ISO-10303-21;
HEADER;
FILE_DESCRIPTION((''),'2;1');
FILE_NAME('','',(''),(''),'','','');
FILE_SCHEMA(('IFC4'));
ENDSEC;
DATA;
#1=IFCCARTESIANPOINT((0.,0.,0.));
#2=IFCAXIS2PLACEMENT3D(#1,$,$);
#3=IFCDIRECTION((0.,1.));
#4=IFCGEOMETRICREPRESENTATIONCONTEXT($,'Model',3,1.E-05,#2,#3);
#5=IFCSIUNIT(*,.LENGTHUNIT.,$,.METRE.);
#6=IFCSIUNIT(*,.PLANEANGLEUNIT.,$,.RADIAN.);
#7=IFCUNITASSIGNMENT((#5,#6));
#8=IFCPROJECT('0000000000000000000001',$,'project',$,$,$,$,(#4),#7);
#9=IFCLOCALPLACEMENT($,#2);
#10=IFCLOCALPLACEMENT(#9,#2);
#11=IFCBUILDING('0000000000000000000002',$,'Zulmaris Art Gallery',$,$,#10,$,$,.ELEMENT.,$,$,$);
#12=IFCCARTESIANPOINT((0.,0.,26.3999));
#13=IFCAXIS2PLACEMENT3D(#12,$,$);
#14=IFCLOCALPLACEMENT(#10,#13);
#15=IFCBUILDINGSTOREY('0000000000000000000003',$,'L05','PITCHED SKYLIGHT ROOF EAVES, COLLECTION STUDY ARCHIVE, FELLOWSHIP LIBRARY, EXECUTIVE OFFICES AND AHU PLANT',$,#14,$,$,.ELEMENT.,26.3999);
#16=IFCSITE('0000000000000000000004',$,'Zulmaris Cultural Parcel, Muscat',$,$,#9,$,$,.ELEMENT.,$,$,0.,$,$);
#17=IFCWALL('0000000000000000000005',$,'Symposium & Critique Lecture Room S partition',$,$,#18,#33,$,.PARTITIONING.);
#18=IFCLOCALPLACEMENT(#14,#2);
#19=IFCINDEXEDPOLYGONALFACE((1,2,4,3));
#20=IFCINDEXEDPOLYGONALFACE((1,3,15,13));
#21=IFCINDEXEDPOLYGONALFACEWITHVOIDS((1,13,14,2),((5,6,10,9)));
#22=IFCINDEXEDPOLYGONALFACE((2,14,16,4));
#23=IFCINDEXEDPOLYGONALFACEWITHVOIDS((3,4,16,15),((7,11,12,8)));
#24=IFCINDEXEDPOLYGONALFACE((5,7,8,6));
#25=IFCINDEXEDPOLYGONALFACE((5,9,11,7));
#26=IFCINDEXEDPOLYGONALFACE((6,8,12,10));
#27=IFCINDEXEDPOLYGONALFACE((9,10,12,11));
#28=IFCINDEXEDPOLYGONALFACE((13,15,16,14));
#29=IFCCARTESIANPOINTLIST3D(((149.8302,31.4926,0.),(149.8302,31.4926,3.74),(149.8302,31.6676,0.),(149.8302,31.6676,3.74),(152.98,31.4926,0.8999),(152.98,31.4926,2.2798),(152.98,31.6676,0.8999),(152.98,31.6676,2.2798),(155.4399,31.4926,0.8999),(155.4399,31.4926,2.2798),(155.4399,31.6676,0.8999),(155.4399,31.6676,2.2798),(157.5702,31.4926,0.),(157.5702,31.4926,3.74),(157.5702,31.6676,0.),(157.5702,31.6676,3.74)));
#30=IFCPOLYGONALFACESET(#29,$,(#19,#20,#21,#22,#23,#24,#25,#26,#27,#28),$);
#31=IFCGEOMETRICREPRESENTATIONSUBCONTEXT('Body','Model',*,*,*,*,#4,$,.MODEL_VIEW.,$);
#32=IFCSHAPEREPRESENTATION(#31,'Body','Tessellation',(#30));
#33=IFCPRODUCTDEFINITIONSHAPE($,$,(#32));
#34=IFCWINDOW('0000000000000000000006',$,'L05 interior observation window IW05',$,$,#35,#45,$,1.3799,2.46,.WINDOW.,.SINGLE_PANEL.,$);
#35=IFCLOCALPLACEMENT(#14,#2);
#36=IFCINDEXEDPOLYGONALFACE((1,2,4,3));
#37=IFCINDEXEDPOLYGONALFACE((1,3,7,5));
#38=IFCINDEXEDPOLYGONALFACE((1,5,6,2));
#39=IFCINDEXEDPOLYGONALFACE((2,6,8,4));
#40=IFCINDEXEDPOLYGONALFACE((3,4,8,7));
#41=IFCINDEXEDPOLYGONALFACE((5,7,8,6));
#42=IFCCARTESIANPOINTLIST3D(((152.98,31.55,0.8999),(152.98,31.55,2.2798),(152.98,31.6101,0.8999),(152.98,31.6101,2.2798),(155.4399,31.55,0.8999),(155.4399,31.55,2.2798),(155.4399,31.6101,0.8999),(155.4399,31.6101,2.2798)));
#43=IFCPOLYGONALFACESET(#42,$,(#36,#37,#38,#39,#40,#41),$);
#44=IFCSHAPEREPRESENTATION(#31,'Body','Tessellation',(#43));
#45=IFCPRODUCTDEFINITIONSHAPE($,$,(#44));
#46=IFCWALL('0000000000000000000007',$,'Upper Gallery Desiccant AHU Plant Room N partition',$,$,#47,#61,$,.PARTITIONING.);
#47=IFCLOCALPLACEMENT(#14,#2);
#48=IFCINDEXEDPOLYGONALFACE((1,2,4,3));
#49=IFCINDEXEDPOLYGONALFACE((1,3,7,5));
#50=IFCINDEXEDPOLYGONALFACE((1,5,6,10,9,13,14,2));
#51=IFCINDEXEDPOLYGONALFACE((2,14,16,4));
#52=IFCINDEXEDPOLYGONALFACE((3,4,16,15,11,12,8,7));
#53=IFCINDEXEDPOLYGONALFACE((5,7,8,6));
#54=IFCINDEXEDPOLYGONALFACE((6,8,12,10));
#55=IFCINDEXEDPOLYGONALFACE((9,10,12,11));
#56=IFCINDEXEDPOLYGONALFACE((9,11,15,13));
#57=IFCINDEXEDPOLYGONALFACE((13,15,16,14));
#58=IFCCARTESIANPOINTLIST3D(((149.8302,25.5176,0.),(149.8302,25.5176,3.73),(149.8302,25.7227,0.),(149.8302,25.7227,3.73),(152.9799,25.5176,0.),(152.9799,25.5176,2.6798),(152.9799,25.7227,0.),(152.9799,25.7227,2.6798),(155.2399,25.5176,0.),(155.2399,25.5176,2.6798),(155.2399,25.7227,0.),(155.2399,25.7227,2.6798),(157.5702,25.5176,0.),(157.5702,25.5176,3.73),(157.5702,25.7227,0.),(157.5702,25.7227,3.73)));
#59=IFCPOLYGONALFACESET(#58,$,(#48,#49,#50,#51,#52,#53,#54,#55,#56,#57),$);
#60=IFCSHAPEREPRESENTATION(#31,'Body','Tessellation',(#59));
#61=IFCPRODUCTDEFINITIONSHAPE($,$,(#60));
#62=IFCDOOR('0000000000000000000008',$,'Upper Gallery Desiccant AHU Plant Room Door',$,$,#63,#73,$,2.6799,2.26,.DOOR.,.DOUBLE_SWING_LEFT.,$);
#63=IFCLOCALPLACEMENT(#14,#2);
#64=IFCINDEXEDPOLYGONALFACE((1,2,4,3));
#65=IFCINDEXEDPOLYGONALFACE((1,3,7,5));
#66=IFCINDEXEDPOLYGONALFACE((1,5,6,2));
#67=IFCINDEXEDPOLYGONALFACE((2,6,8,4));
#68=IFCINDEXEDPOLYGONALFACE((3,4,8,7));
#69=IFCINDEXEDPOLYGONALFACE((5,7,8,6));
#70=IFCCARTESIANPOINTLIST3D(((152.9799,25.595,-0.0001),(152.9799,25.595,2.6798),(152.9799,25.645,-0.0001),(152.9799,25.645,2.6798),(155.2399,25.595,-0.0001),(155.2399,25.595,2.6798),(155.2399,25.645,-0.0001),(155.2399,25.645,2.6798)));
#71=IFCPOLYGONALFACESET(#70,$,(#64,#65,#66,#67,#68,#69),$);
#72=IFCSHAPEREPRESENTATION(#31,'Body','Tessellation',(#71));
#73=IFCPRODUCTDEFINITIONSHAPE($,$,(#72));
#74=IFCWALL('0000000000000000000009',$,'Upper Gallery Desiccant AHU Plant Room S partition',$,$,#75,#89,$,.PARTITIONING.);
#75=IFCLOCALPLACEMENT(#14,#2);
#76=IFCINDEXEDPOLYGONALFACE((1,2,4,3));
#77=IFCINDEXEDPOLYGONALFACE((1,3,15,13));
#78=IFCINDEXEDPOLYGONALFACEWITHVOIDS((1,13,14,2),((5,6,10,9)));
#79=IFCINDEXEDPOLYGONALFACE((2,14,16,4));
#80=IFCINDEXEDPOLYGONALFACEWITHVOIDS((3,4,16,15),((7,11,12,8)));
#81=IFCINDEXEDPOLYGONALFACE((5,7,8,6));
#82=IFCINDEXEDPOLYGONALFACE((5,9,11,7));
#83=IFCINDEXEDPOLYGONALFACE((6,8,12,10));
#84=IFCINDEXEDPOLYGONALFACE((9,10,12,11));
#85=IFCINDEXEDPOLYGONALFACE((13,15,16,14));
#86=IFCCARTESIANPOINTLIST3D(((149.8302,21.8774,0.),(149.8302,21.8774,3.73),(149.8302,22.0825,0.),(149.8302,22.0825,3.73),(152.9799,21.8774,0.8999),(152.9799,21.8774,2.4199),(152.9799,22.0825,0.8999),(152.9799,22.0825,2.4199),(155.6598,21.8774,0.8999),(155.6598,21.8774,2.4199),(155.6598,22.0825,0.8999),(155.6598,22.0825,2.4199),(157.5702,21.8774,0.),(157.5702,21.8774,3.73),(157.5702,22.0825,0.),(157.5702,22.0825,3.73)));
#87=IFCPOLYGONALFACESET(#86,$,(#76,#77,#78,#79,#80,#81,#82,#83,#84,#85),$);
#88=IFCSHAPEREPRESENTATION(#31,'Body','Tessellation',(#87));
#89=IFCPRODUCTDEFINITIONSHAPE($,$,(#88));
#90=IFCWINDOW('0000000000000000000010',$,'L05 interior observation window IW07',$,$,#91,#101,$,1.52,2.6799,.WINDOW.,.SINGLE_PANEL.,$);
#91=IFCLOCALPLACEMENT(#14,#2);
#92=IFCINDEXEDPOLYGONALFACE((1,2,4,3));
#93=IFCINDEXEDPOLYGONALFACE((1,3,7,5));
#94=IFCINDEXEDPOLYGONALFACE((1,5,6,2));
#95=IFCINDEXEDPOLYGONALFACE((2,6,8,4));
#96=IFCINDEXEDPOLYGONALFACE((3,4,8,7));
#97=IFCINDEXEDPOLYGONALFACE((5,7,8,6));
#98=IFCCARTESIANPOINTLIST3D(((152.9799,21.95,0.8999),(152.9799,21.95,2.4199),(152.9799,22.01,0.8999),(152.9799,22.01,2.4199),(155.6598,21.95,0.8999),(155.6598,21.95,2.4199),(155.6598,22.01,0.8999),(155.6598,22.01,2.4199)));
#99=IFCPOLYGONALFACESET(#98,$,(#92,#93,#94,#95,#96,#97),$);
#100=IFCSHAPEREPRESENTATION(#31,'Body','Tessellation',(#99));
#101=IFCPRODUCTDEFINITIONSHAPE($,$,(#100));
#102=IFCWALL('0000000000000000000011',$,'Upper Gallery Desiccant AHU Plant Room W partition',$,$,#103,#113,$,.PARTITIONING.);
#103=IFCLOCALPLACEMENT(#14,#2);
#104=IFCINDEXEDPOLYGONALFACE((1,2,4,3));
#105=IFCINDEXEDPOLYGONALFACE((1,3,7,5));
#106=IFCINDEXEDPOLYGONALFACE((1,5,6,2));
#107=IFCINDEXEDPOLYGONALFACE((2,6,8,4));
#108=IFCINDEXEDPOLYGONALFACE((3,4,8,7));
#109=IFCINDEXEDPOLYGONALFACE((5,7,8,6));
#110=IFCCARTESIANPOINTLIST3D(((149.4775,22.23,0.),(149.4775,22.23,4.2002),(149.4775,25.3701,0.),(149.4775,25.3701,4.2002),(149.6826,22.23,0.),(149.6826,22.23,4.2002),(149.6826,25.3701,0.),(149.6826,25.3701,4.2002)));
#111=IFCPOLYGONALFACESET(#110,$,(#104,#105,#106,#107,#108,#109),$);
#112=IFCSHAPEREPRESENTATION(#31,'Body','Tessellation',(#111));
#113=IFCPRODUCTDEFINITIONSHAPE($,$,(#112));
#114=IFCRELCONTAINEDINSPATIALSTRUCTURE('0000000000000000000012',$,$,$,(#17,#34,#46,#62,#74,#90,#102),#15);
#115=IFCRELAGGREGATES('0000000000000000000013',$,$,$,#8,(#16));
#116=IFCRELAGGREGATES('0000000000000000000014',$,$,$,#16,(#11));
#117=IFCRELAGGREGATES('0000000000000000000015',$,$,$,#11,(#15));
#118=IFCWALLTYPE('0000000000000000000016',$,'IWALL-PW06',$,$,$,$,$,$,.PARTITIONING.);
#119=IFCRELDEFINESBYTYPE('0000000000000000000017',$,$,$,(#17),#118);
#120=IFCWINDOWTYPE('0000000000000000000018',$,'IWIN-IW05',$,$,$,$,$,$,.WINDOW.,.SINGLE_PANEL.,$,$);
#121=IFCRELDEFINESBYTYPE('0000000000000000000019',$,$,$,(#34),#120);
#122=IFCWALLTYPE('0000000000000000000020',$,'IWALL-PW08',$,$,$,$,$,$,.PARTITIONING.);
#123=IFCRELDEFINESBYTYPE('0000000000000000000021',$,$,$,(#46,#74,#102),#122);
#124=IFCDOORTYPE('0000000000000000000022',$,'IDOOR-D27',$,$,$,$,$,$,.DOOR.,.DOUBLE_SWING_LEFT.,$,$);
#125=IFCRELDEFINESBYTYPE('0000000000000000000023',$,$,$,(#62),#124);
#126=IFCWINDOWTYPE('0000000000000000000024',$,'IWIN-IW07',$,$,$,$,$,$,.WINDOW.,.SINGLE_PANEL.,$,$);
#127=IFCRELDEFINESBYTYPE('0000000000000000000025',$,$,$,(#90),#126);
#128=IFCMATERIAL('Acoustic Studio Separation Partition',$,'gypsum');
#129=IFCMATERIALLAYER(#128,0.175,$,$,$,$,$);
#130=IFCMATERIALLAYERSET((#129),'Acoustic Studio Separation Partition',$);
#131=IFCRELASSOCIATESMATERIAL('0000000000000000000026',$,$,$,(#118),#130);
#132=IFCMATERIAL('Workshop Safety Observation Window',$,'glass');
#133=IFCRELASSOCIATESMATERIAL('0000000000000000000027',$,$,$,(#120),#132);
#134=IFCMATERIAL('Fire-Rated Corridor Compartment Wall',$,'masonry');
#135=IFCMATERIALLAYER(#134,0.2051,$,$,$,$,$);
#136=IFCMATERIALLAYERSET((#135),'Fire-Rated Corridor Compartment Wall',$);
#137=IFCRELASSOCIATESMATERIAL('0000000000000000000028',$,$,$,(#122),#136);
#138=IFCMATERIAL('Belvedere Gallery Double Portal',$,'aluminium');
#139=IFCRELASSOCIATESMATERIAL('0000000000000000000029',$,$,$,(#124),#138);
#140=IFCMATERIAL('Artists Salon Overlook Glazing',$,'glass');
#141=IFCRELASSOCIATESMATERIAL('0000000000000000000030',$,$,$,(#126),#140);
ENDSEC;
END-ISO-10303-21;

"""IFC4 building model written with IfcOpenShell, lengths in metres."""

from ifc_helpers import new_model, si_unit, direction, frame, frame_2d, origin, place, context, subcontext, project, spatial, rectangle, extrude, material, layer, layer_set, type_object, element, fill, save


model = new_model("IFC4")

# Units and contexts
model_context = context("Model", 3, precision=1e-05, world=origin(), true_north=direction((0.0, 1.0)))
body_context = subcontext(model_context, "Body", "Model", "MODEL_VIEW")
ifc_project = project(units=[si_unit("LENGTHUNIT", "METRE"), si_unit("PLANEANGLEUNIT", "RADIAN")], contexts=[model_context])

# Site, building, storey
site_placement = place(None, origin())
site = spatial("IfcSite", under=ifc_project, at=site_placement, Name="Zulmaris Cultural Parcel, Muscat", CompositionType="ELEMENT", RefElevation=0.0)
building_placement = place(site_placement, origin())
building = spatial("IfcBuilding", under=site, at=building_placement, Name="Zulmaris Art Gallery", CompositionType="ELEMENT")
storey_placement = place(building_placement, frame((0.0, 0.0, 26.3999)))
storey = spatial("IfcBuildingStorey", under=building, at=storey_placement, Name="L05", Description="PITCHED SKYLIGHT ROOF EAVES, COLLECTION STUDY ARCHIVE, FELLOWSHIP LIBRARY, EXECUTIVE OFFICES AND AHU PLANT", CompositionType="ELEMENT", Elevation=26.3999)

# Shared definitions
ifc_material_1 = material(Name="Acoustic Studio Separation Partition", Category="gypsum")
ifc_layer_1 = layer(ifc_material_1, 0.175)
ifc_layer_set_1 = layer_set([ifc_layer_1], Name="Acoustic Studio Separation Partition")
wall_type_1 = type_object("IfcWallType", Name="IWALL-PW06", PredefinedType="PARTITIONING", material=ifc_layer_set_1)

# Wall, opening, window
wall_1_placement = place(storey_placement, frame((149.8301, 31.5801, 0.0), z_axis=(0.0, 0.0, 1.0), x_axis=(1.0, 0.0, 0.0)))
wall_1 = element("IfcWall", 1, at=wall_1_placement, inside=storey, type_object=wall_type_1, Name="Symposium & Critique Lecture Room S partition", PredefinedType="PARTITIONING", context=body_context, shape_type="SweptSolid", body=[
    extrude(rectangle(XDim=7.74, YDim=0.175, at=frame_2d((3.8701, 0.0))), origin(), (0.0, 0.0, 1.0), 3.74),
])
opening_1_placement = place(wall_1_placement, frame((3.1499, 0.0, 0.8999)))
opening_1 = element("IfcOpeningElement", 2, at=opening_1_placement, cuts=wall_1, PredefinedType="OPENING", context=body_context, shape_type="SweptSolid", body=[
    extrude(rectangle(XDim=2.46, YDim=1.3799, at=frame_2d((1.23, 0.6899))), frame((0.0, 0.0974, 0.0), z_axis=(0.0, -1.0, 0.0), x_axis=(1.0, 0.0, 0.0)), (0.0, 0.0, 1.0), 0.1951),
])
ifc_material_2 = material(Name="Workshop Safety Observation Window", Category="glass")
window_type_1 = type_object("IfcWindowType", Name="IWIN-IW05", PartitioningType="SINGLE_PANEL", PredefinedType="WINDOW", material=ifc_material_2)
window_1_placement = place(opening_1_placement, origin())
window_1 = element("IfcWindow", 3, at=window_1_placement, inside=storey, type_object=window_type_1, Name="L05 interior observation window IW05", OverallHeight=1.3799, OverallWidth=2.46, PartitioningType="SINGLE_PANEL", PredefinedType="WINDOW", context=body_context, shape_type="SweptSolid", body=[
    extrude(rectangle(XDim=2.46, YDim=1.3799, at=frame_2d((1.23, 0.6899))), frame((0.0, 0.03, 0.0), z_axis=(0.0, -1.0, 0.0), x_axis=(1.0, 0.0, 0.0)), (0.0, 0.0, 1.0), 0.0601),
])
fill(opening_1, window_1)

# Wall, opening, door
ifc_material_3 = material(Name="Fire-Rated Corridor Compartment Wall", Category="masonry")
ifc_layer_2 = layer(ifc_material_3, 0.2051)
ifc_layer_set_2 = layer_set([ifc_layer_2], Name="Fire-Rated Corridor Compartment Wall")
wall_type_2 = type_object("IfcWallType", Name="IWALL-PW08", PredefinedType="PARTITIONING", material=ifc_layer_set_2)
wall_2_placement = place(storey_placement, frame((149.8301, 25.6201, 0.0), z_axis=(0.0, 0.0, 1.0), x_axis=(1.0, 0.0, 0.0)))
wall_2 = element("IfcWall", 4, at=wall_2_placement, inside=storey, type_object=wall_type_2, Name="Upper Gallery Desiccant AHU Plant Room N partition", PredefinedType="PARTITIONING", context=body_context, shape_type="SweptSolid", body=[
    extrude(rectangle(XDim=7.74, YDim=0.2051, at=frame_2d((3.8701, 0.0))), origin(), (0.0, 0.0, 1.0), 3.73),
])
opening_2_placement = place(wall_2_placement, frame((3.1499, 0.0, 0.0)))
opening_2 = element("IfcOpeningElement", 5, at=opening_2_placement, cuts=wall_2, PredefinedType="OPENING", context=body_context, shape_type="SweptSolid", body=[
    extrude(rectangle(XDim=2.26, YDim=2.6799, at=frame_2d((1.1299, 1.3398))), frame((0.0, 0.1125, 0.0), z_axis=(0.0, -1.0, 0.0), x_axis=(1.0, 0.0, 0.0)), (0.0, 0.0, 1.0), 0.2251),
])
ifc_material_4 = material(Name="Belvedere Gallery Double Portal", Category="aluminium")
door_type_1 = type_object("IfcDoorType", Name="IDOOR-D27", OperationType="DOUBLE_SWING_LEFT", PredefinedType="DOOR", material=ifc_material_4)
door_1_placement = place(opening_2_placement, origin())
door_1 = element("IfcDoor", 6, at=door_1_placement, inside=storey, type_object=door_type_1, Name="Upper Gallery Desiccant AHU Plant Room Door", OperationType="DOUBLE_SWING_LEFT", OverallHeight=2.6799, OverallWidth=2.26, PredefinedType="DOOR", context=body_context, shape_type="SweptSolid", body=[
    extrude(rectangle(XDim=2.26, YDim=2.6799, at=frame_2d((1.1299, 1.3398))), frame((0.0, 0.0249, 0.0), z_axis=(0.0, -1.0, 0.0), x_axis=(1.0, 0.0, 0.0)), (0.0, 0.0, 1.0), 0.05),
])
fill(opening_2, door_1)

# Wall, opening, window
wall_3_placement = place(storey_placement, frame((149.8301, 21.98, 0.0), z_axis=(0.0, 0.0, 1.0), x_axis=(1.0, 0.0, 0.0)))
wall_3 = element("IfcWall", 7, at=wall_3_placement, inside=storey, type_object=wall_type_2, Name="Upper Gallery Desiccant AHU Plant Room S partition", PredefinedType="PARTITIONING", context=body_context, shape_type="SweptSolid", body=[
    extrude(rectangle(XDim=7.74, YDim=0.2051, at=frame_2d((3.8701, 0.0))), origin(), (0.0, 0.0, 1.0), 3.73),
])
opening_3_placement = place(wall_3_placement, frame((3.1499, 0.0, 0.8999)))
opening_3 = element("IfcOpeningElement", 8, at=opening_3_placement, cuts=wall_3, PredefinedType="OPENING", context=body_context, shape_type="SweptSolid", body=[
    extrude(rectangle(XDim=2.6799, YDim=1.52, at=frame_2d((1.3398, 0.76))), frame((0.0, 0.1125, 0.0), z_axis=(0.0, -1.0, 0.0), x_axis=(1.0, 0.0, 0.0)), (0.0, 0.0, 1.0), 0.2251),
])
ifc_material_5 = material(Name="Artists Salon Overlook Glazing", Category="glass")
window_type_2 = type_object("IfcWindowType", Name="IWIN-IW07", PartitioningType="SINGLE_PANEL", PredefinedType="WINDOW", material=ifc_material_5)
window_2_placement = place(opening_3_placement, origin())
window_2 = element("IfcWindow", 9, at=window_2_placement, inside=storey, type_object=window_type_2, Name="L05 interior observation window IW07", OverallHeight=1.52, OverallWidth=2.6799, PartitioningType="SINGLE_PANEL", PredefinedType="WINDOW", context=body_context, shape_type="SweptSolid", body=[
    extrude(rectangle(XDim=2.6799, YDim=1.52, at=frame_2d((1.3398, 0.76))), frame((0.0, 0.03, 0.0), z_axis=(0.0, -1.0, 0.0), x_axis=(1.0, 0.0, 0.0)), (0.0, 0.0, 1.0), 0.0601),
])
fill(opening_3, window_2)

# Wall
wall_4_placement = place(storey_placement, frame((149.5801, 22.23, 0.0), z_axis=(0.0, 0.0, 1.0), x_axis=(0.0, 1.0, 0.0)))
element("IfcWall", 10, at=wall_4_placement, inside=storey, type_object=wall_type_2, Name="Upper Gallery Desiccant AHU Plant Room W partition", PredefinedType="PARTITIONING", context=body_context, shape_type="SweptSolid", body=[
    extrude(rectangle(XDim=3.1401, YDim=0.2051, at=frame_2d((1.5701, 0.0))), origin(), (0.0, 0.0, 1.0), 4.2002),
])

save(model, "model.ifc")
